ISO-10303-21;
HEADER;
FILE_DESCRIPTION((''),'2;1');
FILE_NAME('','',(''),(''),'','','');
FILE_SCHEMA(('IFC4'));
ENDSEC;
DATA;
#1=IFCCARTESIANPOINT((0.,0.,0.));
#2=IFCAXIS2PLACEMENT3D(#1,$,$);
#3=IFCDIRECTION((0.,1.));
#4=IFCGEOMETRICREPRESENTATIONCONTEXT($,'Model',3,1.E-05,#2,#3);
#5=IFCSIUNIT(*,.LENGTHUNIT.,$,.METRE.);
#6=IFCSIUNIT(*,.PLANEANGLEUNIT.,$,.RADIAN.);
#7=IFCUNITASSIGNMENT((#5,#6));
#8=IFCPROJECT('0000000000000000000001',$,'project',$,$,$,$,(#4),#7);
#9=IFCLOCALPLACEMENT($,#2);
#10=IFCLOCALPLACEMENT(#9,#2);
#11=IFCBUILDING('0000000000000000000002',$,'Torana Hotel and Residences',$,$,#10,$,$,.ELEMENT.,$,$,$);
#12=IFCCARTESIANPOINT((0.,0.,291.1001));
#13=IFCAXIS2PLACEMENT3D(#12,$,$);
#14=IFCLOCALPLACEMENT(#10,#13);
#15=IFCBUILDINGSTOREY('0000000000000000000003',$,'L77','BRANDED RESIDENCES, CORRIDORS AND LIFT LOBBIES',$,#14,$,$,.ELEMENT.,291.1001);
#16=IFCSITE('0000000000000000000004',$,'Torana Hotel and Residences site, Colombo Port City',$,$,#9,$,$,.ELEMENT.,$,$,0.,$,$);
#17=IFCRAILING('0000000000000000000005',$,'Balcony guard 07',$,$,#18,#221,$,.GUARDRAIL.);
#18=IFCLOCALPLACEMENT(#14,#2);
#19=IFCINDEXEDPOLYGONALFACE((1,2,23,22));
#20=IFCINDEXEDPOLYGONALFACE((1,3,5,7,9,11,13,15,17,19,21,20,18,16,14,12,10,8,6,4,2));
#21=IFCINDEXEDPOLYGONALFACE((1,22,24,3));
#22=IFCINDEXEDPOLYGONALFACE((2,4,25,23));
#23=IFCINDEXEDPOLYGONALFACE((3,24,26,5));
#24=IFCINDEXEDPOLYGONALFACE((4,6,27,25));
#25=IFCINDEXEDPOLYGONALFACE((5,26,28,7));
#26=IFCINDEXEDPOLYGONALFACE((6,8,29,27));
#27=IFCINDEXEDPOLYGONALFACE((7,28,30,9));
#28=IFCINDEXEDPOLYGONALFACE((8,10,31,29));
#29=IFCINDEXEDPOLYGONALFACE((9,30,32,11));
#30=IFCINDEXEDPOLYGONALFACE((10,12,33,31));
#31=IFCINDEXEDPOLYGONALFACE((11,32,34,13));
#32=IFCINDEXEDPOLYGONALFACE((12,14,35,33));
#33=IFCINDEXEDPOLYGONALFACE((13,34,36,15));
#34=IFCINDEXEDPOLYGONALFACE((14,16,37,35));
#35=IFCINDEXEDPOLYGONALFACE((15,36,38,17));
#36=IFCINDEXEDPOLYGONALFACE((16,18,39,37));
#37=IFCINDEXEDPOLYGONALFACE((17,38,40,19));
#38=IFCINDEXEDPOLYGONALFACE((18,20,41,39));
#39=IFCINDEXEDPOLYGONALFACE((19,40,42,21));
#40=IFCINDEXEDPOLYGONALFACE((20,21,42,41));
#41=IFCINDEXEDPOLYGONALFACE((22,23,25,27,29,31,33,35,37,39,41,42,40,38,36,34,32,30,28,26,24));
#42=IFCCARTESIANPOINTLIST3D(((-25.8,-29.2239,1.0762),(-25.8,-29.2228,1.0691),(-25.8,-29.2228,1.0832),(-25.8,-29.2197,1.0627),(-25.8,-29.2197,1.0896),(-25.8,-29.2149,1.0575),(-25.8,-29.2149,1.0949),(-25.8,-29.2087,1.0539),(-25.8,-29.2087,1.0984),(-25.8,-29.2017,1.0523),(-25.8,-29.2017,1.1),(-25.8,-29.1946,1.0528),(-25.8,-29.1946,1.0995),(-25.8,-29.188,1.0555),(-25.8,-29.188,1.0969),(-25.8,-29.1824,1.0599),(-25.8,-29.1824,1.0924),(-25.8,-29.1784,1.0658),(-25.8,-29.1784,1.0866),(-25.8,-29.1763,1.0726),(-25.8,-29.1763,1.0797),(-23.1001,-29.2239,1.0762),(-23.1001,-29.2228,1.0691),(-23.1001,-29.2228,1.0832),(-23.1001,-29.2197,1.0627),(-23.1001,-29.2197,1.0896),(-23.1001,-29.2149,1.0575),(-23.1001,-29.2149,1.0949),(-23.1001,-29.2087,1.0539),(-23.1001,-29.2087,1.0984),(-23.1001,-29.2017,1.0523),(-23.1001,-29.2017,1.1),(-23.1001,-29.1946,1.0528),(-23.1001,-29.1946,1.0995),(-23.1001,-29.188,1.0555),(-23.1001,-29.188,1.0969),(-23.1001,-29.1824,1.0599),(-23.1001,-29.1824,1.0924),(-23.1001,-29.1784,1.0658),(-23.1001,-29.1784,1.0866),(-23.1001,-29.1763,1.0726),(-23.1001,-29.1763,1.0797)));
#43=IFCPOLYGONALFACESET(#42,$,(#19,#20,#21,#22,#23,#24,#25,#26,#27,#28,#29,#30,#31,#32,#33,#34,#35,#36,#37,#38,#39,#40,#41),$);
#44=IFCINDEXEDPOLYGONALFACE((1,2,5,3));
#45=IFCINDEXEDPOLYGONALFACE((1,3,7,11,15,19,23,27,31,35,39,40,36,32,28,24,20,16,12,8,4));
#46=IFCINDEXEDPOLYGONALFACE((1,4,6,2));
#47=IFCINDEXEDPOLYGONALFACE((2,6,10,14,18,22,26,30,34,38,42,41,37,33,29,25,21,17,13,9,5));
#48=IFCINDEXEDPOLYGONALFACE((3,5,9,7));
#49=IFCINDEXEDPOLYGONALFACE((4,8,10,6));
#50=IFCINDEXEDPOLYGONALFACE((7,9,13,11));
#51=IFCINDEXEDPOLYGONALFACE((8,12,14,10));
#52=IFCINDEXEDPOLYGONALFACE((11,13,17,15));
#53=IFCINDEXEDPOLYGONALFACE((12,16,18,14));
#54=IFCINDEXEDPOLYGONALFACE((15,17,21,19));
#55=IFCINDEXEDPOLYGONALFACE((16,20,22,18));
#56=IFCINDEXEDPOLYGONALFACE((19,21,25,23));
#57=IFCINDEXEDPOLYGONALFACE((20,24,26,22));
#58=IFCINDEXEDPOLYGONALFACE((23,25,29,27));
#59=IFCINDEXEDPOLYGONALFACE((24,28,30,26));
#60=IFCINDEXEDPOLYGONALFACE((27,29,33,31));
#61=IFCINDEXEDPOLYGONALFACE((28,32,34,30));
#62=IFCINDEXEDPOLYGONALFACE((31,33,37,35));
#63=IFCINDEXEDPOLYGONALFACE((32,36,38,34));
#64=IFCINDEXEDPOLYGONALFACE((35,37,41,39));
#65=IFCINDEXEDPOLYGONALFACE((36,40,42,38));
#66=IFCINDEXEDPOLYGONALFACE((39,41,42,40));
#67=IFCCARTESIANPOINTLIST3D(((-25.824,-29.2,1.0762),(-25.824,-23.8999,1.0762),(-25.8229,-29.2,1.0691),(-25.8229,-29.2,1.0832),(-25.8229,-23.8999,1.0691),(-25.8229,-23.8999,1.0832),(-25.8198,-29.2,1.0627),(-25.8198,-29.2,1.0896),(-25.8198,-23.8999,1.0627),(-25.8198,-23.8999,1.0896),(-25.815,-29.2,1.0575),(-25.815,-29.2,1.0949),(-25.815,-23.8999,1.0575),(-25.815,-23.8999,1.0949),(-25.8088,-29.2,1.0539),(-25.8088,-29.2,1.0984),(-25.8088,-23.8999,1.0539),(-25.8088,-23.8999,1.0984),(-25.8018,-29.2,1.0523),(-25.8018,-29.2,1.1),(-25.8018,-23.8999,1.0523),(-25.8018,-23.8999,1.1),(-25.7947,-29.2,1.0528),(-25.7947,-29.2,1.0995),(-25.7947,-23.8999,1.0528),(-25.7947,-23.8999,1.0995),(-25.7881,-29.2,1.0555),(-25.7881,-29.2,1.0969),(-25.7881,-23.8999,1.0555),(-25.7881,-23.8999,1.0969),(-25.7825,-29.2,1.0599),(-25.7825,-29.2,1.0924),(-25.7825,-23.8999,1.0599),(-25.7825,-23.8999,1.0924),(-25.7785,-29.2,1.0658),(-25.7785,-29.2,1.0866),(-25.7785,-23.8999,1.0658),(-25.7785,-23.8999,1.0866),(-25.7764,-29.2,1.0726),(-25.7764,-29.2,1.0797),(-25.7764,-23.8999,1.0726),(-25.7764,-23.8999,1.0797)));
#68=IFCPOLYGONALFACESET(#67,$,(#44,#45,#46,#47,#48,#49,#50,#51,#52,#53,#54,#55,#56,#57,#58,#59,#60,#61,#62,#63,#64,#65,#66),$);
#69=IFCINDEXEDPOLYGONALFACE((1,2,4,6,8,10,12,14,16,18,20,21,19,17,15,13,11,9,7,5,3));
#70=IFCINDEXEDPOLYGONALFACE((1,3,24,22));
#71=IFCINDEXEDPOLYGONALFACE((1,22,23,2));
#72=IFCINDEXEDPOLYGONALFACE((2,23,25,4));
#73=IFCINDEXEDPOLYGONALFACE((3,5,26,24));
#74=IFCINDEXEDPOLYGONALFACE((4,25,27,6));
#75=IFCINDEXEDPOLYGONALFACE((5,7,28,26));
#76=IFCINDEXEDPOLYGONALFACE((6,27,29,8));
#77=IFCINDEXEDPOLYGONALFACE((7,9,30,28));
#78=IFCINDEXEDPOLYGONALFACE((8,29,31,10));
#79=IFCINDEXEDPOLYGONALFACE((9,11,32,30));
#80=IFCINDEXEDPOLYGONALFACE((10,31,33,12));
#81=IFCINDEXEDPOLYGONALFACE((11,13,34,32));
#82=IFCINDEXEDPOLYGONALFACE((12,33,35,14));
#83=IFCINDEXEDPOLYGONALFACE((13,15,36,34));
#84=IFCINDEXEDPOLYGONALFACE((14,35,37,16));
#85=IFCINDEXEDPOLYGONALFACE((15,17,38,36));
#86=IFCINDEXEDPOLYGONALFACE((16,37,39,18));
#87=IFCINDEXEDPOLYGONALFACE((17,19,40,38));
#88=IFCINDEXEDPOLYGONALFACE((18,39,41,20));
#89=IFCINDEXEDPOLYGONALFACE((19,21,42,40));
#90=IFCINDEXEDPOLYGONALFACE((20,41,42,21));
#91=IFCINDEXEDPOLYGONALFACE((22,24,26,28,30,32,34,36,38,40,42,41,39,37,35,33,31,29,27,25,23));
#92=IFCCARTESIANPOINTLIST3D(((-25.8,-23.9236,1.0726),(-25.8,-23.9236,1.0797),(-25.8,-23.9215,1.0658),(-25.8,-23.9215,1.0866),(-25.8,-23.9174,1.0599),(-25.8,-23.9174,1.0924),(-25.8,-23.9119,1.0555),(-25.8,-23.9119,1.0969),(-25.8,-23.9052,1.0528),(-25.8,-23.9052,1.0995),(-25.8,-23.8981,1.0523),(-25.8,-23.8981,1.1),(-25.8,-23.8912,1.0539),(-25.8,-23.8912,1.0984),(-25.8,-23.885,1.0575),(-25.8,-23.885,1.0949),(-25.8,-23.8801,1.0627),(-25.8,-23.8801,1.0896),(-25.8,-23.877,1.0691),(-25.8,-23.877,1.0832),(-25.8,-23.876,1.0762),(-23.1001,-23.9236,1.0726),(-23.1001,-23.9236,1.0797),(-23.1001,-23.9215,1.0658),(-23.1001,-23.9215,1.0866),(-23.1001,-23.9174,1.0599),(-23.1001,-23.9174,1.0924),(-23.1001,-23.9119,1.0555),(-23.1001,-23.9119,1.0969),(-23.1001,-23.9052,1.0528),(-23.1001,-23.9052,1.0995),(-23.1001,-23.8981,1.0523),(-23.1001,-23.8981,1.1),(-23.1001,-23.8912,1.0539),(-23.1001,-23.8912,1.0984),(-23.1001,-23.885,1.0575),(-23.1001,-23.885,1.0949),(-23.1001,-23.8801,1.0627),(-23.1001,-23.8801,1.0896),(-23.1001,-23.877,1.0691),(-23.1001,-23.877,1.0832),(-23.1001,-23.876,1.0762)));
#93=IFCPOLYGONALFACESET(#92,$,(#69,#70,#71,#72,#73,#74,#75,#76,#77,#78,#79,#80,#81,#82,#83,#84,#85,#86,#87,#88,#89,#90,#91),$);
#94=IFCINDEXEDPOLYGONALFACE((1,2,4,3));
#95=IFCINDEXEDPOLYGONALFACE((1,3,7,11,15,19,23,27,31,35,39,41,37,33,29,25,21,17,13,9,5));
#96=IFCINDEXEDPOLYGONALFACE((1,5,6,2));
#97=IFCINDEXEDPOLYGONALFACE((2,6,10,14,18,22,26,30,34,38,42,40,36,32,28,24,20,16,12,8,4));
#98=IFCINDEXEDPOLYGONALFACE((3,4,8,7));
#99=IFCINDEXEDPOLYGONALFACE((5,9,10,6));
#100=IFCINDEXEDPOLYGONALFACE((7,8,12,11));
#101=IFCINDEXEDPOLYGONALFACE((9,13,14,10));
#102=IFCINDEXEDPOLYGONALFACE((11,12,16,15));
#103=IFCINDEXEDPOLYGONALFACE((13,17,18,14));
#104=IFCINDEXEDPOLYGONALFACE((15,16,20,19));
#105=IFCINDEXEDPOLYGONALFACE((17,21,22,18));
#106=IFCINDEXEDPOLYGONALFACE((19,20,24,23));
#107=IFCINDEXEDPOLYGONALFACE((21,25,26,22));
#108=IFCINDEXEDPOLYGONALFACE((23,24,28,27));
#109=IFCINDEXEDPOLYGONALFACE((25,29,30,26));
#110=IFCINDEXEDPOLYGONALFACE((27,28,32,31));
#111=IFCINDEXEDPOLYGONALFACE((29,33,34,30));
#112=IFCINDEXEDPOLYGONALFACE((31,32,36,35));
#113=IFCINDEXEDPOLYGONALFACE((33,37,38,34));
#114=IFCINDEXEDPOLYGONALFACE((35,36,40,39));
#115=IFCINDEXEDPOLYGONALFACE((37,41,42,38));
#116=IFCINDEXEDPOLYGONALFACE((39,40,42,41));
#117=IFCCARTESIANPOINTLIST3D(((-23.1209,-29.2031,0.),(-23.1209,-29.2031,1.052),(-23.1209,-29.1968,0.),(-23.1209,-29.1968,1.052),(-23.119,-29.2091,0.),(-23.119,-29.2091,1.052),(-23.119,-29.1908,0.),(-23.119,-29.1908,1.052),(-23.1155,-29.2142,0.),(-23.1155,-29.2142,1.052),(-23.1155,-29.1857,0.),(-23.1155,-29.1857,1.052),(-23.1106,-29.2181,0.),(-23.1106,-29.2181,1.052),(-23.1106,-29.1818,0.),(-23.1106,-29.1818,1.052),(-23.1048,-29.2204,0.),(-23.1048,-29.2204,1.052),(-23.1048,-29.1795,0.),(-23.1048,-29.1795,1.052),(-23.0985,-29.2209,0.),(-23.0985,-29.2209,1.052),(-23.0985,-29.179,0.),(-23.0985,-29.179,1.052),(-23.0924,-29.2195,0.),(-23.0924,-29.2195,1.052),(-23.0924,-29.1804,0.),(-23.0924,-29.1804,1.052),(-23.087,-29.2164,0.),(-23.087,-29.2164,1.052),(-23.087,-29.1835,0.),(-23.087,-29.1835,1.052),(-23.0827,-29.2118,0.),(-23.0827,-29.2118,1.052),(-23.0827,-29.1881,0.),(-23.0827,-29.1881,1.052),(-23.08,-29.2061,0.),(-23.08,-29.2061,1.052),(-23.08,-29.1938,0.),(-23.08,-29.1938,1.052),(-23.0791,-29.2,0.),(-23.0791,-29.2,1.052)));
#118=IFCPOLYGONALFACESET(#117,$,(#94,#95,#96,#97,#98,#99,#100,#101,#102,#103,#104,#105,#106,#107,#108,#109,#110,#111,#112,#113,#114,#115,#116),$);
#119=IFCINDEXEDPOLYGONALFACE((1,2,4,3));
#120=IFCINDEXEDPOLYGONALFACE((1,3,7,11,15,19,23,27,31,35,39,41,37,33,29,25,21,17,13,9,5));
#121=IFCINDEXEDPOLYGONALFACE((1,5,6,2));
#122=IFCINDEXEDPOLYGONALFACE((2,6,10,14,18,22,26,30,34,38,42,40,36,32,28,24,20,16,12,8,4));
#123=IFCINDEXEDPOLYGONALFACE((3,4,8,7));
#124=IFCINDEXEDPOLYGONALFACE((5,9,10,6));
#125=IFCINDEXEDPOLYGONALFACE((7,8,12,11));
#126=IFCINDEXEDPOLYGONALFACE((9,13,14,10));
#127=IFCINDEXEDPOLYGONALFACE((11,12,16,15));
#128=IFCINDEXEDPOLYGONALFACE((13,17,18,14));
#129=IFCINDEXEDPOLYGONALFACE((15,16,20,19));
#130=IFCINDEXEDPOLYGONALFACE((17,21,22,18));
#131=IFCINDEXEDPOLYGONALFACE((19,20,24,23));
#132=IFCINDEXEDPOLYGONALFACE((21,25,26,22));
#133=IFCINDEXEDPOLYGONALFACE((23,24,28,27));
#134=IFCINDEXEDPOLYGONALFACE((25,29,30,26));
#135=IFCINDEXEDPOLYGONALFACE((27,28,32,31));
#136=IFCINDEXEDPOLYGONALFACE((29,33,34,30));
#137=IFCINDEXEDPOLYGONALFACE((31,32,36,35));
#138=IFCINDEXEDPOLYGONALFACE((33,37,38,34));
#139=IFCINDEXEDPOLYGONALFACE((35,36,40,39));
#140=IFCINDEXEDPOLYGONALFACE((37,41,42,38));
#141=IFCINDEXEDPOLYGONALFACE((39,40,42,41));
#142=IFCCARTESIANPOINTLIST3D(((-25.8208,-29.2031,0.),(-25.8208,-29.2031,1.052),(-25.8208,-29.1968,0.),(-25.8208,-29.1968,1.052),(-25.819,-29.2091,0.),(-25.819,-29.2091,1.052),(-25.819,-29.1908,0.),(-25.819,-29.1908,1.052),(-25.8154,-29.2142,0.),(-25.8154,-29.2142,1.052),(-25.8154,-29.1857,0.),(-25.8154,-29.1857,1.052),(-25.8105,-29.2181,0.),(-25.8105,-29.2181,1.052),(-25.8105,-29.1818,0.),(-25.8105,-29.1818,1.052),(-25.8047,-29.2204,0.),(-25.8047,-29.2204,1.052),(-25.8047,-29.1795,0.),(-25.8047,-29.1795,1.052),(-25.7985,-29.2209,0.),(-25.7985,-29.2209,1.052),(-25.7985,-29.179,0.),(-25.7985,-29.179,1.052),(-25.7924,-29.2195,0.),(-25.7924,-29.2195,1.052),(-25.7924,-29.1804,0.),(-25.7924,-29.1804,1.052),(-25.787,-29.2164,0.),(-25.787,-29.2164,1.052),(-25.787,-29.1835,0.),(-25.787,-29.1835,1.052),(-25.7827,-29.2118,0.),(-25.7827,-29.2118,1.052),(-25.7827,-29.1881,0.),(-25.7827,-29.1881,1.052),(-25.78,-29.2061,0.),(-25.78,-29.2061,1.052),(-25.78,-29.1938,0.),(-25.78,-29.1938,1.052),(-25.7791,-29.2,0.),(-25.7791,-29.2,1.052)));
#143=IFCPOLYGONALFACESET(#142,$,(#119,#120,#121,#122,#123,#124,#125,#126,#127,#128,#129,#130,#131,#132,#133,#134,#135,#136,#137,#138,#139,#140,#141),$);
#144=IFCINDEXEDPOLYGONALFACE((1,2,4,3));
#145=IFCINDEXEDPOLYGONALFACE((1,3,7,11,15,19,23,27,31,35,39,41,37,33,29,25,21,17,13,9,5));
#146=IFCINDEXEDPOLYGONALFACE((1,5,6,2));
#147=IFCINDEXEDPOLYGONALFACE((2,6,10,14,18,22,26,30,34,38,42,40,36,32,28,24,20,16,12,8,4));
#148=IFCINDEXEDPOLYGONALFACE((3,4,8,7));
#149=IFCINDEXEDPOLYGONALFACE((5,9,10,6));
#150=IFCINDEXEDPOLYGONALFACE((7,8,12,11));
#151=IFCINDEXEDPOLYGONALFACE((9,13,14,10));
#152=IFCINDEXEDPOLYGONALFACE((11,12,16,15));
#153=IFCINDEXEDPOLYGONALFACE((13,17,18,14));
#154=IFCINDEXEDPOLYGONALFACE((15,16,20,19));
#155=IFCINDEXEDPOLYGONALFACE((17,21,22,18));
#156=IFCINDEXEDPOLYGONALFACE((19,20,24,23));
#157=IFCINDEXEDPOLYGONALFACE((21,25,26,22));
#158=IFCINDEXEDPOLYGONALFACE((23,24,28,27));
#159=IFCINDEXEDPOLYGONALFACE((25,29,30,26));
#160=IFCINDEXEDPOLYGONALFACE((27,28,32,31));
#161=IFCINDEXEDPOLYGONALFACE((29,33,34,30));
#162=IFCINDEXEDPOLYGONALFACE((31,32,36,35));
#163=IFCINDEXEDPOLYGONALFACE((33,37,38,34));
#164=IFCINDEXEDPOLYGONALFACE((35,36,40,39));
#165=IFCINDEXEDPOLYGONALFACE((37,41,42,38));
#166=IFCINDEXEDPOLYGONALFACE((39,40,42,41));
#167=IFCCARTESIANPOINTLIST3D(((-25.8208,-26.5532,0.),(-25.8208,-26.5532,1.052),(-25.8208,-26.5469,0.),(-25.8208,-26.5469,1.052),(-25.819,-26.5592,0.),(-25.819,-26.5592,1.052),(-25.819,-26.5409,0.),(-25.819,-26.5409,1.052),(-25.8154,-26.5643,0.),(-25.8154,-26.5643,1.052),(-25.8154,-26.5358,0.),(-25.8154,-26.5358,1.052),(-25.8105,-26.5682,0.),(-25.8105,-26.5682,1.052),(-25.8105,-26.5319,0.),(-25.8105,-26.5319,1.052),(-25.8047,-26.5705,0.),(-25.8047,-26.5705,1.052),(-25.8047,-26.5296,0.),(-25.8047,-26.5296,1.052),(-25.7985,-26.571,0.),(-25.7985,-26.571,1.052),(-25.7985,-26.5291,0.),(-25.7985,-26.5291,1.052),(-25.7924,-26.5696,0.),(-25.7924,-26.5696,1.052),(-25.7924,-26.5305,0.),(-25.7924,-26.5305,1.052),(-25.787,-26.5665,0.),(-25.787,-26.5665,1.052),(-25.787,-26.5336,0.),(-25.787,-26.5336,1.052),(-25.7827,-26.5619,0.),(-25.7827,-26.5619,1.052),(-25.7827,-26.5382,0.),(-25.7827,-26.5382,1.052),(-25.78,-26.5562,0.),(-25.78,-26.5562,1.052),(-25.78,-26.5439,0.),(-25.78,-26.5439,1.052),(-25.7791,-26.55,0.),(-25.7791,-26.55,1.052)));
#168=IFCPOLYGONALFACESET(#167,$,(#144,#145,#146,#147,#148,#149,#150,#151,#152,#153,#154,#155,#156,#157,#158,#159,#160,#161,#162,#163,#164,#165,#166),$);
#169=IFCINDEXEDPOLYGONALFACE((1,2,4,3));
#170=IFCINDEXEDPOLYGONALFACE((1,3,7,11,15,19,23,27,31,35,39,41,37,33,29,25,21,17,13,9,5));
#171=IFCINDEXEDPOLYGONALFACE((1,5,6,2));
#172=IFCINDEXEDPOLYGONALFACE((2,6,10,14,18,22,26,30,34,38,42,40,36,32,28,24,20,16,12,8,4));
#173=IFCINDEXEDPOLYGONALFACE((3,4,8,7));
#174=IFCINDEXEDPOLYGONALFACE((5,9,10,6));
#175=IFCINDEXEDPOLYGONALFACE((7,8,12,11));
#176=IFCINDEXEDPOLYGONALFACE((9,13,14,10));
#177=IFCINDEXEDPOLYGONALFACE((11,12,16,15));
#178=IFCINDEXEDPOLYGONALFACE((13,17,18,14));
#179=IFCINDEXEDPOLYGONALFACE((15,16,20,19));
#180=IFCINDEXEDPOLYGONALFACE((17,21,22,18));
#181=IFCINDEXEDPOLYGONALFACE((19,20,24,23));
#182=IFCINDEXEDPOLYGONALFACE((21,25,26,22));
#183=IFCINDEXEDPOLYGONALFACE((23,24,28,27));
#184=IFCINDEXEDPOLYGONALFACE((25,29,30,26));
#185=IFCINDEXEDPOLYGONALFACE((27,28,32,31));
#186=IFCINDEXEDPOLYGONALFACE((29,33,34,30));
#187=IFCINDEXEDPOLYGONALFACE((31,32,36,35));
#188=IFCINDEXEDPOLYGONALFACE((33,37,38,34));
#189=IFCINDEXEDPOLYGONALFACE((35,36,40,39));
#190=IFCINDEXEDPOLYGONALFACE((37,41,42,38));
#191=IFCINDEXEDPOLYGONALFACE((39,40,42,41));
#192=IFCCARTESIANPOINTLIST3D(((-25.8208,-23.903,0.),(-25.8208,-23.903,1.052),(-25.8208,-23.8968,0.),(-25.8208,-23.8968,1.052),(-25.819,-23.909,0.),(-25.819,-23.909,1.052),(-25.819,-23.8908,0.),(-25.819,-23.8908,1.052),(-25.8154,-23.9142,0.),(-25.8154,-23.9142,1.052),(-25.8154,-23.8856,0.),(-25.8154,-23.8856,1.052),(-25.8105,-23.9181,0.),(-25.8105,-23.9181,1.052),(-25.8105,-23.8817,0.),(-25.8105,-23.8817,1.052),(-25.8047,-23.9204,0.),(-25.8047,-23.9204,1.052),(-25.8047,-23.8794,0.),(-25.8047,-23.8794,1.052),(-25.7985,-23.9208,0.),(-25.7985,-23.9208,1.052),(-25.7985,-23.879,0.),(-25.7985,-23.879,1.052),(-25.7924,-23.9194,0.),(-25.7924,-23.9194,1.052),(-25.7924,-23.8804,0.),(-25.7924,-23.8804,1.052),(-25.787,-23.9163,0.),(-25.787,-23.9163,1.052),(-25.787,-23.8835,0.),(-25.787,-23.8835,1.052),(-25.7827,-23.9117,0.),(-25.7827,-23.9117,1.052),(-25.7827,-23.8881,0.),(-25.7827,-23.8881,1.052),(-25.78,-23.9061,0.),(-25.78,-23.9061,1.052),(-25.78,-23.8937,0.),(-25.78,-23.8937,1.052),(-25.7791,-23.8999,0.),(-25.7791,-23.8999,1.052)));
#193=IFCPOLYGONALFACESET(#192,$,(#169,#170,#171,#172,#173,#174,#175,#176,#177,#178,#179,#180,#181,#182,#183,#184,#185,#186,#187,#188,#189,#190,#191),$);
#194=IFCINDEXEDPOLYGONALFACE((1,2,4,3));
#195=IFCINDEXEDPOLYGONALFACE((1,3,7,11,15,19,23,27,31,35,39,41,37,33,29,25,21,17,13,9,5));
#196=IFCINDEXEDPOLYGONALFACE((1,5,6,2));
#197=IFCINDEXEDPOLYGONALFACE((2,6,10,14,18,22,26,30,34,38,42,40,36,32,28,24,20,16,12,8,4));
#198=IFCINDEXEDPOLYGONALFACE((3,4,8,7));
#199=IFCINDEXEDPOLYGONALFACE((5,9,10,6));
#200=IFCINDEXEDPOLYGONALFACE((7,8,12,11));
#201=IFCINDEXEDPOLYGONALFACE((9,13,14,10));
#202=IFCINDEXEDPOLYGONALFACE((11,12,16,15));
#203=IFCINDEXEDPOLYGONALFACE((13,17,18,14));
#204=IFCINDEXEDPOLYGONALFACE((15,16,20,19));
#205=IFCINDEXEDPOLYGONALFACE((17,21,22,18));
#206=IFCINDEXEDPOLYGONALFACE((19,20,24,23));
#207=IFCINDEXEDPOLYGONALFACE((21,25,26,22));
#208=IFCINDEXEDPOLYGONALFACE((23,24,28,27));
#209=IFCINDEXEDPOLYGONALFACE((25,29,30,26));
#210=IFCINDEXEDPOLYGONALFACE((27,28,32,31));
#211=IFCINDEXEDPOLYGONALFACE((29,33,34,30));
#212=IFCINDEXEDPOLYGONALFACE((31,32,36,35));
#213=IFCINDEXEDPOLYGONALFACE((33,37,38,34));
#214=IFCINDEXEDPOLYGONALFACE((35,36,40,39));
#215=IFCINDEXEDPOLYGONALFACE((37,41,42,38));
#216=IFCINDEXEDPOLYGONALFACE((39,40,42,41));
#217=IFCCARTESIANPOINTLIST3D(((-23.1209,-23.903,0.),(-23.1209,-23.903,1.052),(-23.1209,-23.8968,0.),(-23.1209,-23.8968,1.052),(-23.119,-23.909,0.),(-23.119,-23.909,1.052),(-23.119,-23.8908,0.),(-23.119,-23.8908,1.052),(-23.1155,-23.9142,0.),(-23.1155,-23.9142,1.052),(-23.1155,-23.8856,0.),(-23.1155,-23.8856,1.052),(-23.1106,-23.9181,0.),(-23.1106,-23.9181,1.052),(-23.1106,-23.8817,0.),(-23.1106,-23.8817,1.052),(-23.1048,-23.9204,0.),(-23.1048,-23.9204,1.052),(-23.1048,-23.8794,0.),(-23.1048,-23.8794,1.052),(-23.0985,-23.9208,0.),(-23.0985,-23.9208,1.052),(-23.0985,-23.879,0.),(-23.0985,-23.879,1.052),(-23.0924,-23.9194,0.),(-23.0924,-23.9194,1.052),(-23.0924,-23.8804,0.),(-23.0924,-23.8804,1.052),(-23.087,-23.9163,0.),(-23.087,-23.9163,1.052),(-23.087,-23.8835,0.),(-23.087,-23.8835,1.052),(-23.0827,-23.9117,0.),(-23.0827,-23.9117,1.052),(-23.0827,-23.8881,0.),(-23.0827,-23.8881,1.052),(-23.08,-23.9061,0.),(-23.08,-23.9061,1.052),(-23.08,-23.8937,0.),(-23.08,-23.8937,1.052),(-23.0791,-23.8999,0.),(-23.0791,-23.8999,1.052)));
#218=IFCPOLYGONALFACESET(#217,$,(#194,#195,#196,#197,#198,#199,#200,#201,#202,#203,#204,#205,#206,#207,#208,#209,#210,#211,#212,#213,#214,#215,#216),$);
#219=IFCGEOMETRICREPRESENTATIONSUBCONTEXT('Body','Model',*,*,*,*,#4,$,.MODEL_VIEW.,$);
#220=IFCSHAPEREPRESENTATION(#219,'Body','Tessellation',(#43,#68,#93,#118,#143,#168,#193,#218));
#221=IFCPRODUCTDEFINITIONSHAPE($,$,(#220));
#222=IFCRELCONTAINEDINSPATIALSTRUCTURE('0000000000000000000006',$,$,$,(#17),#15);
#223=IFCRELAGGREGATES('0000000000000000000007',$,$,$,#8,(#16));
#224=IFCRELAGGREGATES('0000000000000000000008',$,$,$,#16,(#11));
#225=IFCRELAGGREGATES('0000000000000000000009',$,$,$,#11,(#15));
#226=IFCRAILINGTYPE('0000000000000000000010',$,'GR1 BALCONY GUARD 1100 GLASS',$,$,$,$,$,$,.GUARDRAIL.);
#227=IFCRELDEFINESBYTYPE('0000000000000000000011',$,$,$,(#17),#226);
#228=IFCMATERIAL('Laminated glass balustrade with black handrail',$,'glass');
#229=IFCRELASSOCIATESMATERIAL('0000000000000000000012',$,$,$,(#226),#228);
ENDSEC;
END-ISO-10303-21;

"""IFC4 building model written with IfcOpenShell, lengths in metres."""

from ifc_helpers import new_model, si_unit, direction, frame, origin, origin_2d, place, context, subcontext, project, spatial, circle, extrude, material, type_object, element, save


model = new_model("IFC4")

# Units and contexts
model_context = context("Model", 3, precision=1e-05, world=origin(), true_north=direction((0.0, 1.0)))
body_context = subcontext(model_context, "Body", "Model", "MODEL_VIEW")
ifc_project = project(units=[si_unit("LENGTHUNIT", "METRE"), si_unit("PLANEANGLEUNIT", "RADIAN")], contexts=[model_context])

# Site, building, storey
site_placement = place(None, origin())
site = spatial("IfcSite", under=ifc_project, at=site_placement, Name="Torana Hotel and Residences site, Colombo Port City", CompositionType="ELEMENT", RefElevation=0.0)
building_placement = place(site_placement, origin())
building = spatial("IfcBuilding", under=site, at=building_placement, Name="Torana Hotel and Residences", CompositionType="ELEMENT")
storey_placement = place(building_placement, frame((0.0, 0.0, 291.1001)))
storey = spatial("IfcBuildingStorey", under=building, at=storey_placement, Name="L77", Description="BRANDED RESIDENCES, CORRIDORS AND LIFT LOBBIES", CompositionType="ELEMENT", Elevation=291.1001)

# Railing
ifc_material_1 = material(Name="Laminated glass balustrade with black handrail", Category="glass")
railing_type = type_object("IfcRailingType", Name="GR1 BALCONY GUARD 1100 GLASS", PredefinedType="GUARDRAIL", material=ifc_material_1)
railing_placement = place(storey_placement, frame((-23.1001, -29.2, 0.0)))
element("IfcRailing", 1, at=railing_placement, inside=storey, type_object=railing_type, Name="Balcony guard 07", PredefinedType="GUARDRAIL", context=body_context, shape_type="SweptSolid", body=[
    extrude(circle(Radius=0.0239, at=origin_2d()), frame((0.0, 0.0, 1.0762), z_axis=(-1.0, 0.0, 0.0), x_axis=(0.0, -1.0, 0.0)), (0.0, 0.0, 1.0), 2.7),
    extrude(circle(Radius=0.0239, at=origin_2d()), frame((-2.7, 0.0, 1.0762), z_axis=(0.0, 1.0, 0.0), x_axis=(-1.0, 0.0, 0.0)), (0.0, 0.0, 1.0), 5.3),
    extrude(circle(Radius=0.0239, at=origin_2d()), frame((-2.7, 5.3, 1.0762), z_axis=(1.0, 0.0, 0.0), x_axis=(0.0, 1.0, 0.0)), (0.0, 0.0, 1.0), 2.7),
    extrude(circle(Radius=0.021, at=origin_2d()), origin(), (0.0, 0.0, 1.0), 1.052),
    extrude(circle(Radius=0.021, at=origin_2d()), frame((-2.7, 0.0, 0.0)), (0.0, 0.0, 1.0), 1.052),
    extrude(circle(Radius=0.021, at=origin_2d()), frame((-2.7, 2.6499, 0.0)), (0.0, 0.0, 1.0), 1.052),
    extrude(circle(Radius=0.021, at=origin_2d()), frame((-2.7, 5.3, 0.0)), (0.0, 0.0, 1.0), 1.052),
    extrude(circle(Radius=0.021, at=origin_2d()), frame((0.0, 5.3, 0.0)), (0.0, 0.0, 1.0), 1.052),
])

save(model, "model.ifc")
